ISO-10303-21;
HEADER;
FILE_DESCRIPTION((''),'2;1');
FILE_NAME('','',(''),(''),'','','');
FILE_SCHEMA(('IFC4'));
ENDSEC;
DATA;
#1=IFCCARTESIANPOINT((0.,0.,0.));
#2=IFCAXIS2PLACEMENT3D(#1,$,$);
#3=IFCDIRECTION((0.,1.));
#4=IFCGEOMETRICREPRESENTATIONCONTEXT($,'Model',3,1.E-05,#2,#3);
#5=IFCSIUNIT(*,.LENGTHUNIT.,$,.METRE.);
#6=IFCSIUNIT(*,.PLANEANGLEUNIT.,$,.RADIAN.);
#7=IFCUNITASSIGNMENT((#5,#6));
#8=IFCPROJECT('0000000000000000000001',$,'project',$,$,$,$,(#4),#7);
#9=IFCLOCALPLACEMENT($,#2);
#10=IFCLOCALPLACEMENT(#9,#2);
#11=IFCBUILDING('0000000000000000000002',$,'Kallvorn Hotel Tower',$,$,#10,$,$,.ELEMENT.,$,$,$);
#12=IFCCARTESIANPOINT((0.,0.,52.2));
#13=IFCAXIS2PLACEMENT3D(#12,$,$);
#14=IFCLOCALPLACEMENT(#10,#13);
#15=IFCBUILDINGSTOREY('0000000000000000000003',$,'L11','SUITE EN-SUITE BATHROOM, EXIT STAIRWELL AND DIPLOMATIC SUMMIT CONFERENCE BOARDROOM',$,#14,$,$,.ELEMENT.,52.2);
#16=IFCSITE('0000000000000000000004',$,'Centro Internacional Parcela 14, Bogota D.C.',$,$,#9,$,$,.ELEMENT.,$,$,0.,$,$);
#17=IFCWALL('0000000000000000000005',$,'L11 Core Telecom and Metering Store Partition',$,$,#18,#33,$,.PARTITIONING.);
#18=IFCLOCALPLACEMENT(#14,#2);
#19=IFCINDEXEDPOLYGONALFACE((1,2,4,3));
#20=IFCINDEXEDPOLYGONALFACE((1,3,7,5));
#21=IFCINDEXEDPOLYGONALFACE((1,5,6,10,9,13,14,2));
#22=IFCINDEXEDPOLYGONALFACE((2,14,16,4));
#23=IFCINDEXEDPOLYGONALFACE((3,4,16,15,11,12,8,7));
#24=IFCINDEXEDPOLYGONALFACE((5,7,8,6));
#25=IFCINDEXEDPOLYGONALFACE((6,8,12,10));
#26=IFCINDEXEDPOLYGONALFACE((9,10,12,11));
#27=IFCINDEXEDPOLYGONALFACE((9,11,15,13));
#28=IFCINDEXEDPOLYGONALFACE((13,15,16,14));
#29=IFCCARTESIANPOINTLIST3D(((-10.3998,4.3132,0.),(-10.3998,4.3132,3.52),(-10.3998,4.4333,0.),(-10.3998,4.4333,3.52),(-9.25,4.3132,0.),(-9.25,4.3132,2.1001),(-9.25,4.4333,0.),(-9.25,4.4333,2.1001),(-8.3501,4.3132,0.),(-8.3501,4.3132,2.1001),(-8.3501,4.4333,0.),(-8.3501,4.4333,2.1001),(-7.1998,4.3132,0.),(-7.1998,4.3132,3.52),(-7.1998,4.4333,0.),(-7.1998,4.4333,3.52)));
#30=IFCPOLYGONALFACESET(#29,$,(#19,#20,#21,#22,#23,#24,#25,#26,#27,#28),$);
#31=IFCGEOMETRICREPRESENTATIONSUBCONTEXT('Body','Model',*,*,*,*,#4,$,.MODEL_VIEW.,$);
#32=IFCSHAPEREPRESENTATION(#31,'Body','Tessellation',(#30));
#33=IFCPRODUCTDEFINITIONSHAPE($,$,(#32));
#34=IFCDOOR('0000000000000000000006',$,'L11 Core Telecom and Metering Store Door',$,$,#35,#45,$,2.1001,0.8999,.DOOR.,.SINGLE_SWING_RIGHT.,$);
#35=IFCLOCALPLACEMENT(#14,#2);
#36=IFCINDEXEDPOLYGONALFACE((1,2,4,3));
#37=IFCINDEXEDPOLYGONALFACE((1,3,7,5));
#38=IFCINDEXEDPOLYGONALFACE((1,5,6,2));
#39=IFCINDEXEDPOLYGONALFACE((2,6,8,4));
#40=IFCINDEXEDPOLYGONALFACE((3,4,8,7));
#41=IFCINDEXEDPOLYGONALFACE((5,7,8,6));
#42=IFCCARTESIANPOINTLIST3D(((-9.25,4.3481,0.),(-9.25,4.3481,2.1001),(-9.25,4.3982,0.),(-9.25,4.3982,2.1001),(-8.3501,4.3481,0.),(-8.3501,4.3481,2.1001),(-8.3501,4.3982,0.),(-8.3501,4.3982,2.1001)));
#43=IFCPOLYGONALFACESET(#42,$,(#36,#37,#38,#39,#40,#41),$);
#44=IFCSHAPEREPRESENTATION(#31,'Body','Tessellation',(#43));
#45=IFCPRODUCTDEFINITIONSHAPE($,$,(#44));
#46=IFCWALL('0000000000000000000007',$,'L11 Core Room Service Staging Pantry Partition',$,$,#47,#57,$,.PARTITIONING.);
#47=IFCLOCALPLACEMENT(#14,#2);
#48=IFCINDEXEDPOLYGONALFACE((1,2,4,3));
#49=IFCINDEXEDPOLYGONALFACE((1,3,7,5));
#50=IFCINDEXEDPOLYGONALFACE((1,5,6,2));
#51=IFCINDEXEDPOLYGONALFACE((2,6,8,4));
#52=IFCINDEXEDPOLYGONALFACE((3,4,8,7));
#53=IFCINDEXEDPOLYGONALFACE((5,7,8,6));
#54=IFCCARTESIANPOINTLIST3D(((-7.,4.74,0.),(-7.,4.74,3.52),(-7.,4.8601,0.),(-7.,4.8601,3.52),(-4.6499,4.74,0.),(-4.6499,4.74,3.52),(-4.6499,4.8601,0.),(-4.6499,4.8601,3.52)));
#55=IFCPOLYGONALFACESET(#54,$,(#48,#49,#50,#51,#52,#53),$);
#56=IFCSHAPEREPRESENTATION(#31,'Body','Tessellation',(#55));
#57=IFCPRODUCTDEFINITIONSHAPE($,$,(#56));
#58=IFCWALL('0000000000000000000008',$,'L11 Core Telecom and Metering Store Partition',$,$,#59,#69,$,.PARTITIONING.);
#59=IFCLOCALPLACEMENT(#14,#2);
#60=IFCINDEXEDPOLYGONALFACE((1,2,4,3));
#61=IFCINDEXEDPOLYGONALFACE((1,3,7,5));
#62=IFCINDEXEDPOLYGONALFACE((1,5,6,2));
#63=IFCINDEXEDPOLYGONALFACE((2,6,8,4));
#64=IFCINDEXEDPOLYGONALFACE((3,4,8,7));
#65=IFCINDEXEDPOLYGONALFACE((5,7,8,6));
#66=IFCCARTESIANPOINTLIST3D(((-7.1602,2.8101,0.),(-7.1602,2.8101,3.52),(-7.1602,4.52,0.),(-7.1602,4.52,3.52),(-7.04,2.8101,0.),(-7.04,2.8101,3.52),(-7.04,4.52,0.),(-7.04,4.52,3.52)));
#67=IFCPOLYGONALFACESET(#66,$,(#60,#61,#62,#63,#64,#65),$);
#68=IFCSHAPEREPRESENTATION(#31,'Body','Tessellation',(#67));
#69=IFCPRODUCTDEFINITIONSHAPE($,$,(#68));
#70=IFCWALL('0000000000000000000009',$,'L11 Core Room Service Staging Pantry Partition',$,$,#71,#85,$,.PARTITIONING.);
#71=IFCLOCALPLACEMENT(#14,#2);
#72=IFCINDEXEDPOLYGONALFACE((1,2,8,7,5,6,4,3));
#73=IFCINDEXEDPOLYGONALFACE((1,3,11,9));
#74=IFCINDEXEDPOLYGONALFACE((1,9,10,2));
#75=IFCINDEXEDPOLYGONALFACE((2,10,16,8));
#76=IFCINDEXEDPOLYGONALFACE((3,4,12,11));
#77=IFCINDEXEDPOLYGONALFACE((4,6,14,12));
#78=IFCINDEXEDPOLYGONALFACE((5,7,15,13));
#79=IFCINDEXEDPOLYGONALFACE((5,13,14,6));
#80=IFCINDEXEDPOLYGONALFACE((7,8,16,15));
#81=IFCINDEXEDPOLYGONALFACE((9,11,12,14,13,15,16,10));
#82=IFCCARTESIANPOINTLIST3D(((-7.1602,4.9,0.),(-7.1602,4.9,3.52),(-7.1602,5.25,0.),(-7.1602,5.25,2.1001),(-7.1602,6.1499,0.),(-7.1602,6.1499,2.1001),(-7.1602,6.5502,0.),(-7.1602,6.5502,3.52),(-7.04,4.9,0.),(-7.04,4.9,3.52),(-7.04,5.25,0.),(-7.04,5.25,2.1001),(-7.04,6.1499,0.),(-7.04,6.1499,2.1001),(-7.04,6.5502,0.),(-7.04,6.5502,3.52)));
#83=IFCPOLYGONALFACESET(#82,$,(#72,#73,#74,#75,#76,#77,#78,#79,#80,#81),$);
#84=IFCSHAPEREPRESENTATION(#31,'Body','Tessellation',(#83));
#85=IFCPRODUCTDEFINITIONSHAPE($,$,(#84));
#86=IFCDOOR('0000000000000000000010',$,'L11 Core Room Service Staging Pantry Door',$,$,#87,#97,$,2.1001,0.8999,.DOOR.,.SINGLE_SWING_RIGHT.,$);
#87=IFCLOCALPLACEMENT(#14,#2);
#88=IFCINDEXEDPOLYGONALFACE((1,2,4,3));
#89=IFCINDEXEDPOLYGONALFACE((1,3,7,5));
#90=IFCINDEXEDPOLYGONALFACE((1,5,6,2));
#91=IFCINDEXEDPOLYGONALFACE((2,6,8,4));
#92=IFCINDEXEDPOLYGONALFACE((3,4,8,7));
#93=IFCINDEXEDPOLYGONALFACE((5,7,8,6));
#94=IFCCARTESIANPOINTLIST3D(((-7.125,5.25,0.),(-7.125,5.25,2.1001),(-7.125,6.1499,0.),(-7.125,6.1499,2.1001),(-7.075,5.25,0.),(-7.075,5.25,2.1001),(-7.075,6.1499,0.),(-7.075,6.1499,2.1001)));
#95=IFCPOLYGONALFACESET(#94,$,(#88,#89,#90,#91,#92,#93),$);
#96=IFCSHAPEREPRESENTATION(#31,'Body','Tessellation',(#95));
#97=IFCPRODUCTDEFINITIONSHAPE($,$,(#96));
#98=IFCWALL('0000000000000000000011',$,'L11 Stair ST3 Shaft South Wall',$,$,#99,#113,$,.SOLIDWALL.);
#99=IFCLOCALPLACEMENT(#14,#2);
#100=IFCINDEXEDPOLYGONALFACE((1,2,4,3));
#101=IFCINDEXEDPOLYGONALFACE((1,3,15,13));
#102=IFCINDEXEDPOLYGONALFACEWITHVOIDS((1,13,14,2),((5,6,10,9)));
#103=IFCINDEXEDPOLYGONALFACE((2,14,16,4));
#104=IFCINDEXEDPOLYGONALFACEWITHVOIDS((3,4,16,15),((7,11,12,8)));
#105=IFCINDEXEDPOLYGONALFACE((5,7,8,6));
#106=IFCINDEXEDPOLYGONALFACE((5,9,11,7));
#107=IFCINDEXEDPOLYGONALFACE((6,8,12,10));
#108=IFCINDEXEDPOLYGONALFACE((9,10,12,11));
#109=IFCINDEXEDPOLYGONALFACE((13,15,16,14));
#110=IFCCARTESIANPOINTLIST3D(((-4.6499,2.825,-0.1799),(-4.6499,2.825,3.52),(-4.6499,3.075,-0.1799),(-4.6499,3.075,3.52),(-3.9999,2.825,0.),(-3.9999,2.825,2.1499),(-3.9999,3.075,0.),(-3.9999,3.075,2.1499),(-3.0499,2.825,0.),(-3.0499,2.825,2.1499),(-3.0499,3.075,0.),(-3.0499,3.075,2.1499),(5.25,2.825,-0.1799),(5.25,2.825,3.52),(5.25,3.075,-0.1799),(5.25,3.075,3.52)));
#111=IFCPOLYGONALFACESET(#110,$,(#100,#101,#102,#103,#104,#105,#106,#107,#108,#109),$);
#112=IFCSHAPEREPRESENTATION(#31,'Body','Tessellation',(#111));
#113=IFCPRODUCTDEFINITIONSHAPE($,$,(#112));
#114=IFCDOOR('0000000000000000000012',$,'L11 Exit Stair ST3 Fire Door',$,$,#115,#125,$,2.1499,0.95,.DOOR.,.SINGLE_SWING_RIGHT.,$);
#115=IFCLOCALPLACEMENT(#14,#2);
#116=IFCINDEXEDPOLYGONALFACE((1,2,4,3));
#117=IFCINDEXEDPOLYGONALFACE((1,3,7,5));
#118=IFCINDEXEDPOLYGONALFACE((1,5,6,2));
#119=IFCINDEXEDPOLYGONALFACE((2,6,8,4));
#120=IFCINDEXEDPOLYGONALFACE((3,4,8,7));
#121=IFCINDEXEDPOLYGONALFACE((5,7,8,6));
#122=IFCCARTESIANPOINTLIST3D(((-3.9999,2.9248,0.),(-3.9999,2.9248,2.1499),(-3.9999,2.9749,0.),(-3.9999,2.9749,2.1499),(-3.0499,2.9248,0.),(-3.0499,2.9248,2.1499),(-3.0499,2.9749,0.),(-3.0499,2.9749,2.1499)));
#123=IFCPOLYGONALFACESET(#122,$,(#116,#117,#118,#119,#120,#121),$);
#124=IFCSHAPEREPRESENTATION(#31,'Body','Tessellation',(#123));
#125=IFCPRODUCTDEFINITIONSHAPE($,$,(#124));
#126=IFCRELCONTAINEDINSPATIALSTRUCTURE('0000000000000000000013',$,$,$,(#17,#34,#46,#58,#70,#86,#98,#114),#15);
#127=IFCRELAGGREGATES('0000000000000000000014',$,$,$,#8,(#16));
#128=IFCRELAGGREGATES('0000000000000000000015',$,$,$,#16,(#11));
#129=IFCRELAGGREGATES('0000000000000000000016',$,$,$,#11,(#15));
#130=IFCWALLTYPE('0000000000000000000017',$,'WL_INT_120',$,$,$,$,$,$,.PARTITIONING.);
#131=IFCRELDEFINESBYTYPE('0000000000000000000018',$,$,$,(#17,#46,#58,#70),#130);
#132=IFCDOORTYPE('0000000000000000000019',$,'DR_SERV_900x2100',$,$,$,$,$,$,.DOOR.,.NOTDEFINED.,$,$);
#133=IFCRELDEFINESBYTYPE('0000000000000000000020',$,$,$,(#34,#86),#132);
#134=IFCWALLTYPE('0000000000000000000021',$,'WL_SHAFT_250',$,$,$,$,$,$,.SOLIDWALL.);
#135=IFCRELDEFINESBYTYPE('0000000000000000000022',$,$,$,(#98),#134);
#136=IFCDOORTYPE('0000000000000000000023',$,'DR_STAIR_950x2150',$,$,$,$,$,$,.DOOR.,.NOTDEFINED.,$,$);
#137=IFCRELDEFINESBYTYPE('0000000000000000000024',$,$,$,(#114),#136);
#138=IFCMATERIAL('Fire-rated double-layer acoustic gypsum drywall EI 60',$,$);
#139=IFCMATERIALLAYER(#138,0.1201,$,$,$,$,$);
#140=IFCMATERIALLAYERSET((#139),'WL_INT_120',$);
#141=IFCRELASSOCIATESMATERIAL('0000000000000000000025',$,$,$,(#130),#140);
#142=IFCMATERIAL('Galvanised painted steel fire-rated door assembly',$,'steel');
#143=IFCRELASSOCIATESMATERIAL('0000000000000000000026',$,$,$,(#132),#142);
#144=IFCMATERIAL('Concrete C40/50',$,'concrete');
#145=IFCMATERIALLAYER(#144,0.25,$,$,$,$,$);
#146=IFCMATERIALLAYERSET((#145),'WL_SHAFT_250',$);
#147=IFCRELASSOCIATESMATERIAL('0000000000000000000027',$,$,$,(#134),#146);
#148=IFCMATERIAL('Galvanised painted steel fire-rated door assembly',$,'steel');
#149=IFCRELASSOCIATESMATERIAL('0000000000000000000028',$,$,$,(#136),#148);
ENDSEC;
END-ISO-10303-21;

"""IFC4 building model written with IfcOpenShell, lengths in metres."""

from ifc_helpers import new_model, si_unit, direction, frame, frame_2d, origin, place, context, subcontext, project, spatial, rectangle, extrude, material, layer, layer_set, type_object, element, fill, save


model = new_model("IFC4")

# Units and contexts
model_context = context("Model", 3, precision=1e-05, world=origin(), true_north=direction((0.0, 1.0)))
body_context = subcontext(model_context, "Body", "Model", "MODEL_VIEW")
ifc_project = project(units=[si_unit("LENGTHUNIT", "METRE"), si_unit("PLANEANGLEUNIT", "RADIAN")], contexts=[model_context])

# Site, building, storey
site_placement = place(None, origin())
site = spatial("IfcSite", under=ifc_project, at=site_placement, Name="Centro Internacional Parcela 14, Bogota D.C.", CompositionType="ELEMENT", RefElevation=0.0)
building_placement = place(site_placement, origin())
building = spatial("IfcBuilding", under=site, at=building_placement, Name="Kallvorn Hotel Tower", CompositionType="ELEMENT")
storey_placement = place(building_placement, frame((0.0, 0.0, 52.2)))
storey = spatial("IfcBuildingStorey", under=building, at=storey_placement, Name="L11", Description="SUITE EN-SUITE BATHROOM, EXIT STAIRWELL AND DIPLOMATIC SUMMIT CONFERENCE BOARDROOM", CompositionType="ELEMENT", Elevation=52.2)

# Shared definitions
ifc_material_1 = material(Name="Fire-rated double-layer acoustic gypsum drywall EI 60")
ifc_layer_1 = layer(ifc_material_1, 0.1201)
ifc_layer_set_1 = layer_set([ifc_layer_1], Name="WL_INT_120")
wall_type_1 = type_object("IfcWallType", Name="WL_INT_120", PredefinedType="PARTITIONING", material=ifc_layer_set_1)

# Wall, opening, door
wall_1_placement = place(storey_placement, frame((-10.3999, 4.3733, 0.0), z_axis=(0.0, 0.0, 1.0), x_axis=(1.0, 0.0, 0.0)))
wall_1 = element("IfcWall", 1, at=wall_1_placement, inside=storey, type_object=wall_type_1, Name="L11 Core Telecom and Metering Store Partition", PredefinedType="PARTITIONING", context=body_context, shape_type="SweptSolid", body=[
    extrude(rectangle(XDim=3.2, YDim=0.1201, at=frame_2d((1.6001, 0.0))), origin(), (0.0, 0.0, 1.0), 3.52),
])
opening_1_placement = place(wall_1_placement, frame((1.1499, 0.0, 0.0)))
opening_1 = element("IfcOpeningElement", 2, at=opening_1_placement, cuts=wall_1, PredefinedType="OPENING", context=body_context, shape_type="SweptSolid", body=[
    extrude(rectangle(XDim=0.8999, YDim=2.1001, at=frame_2d((0.45, 1.05))), frame((0.0, 0.075, 0.0), z_axis=(0.0, -1.0, 0.0), x_axis=(1.0, 0.0, 0.0)), (0.0, 0.0, 1.0), 0.1501),
])
ifc_material_2 = material(Name="Galvanised painted steel fire-rated door assembly", Category="steel")
door_type_1 = type_object("IfcDoorType", Name="DR_SERV_900x2100", OperationType="NOTDEFINED", PredefinedType="DOOR", material=ifc_material_2)
door_1_placement = place(opening_1_placement, origin())
door_1 = element("IfcDoor", 3, at=door_1_placement, inside=storey, type_object=door_type_1, Name="L11 Core Telecom and Metering Store Door", OperationType="SINGLE_SWING_RIGHT", OverallHeight=2.1001, OverallWidth=0.8999, PredefinedType="DOOR", context=body_context, shape_type="SweptSolid", body=[
    extrude(rectangle(XDim=0.8999, YDim=2.1001, at=frame_2d((0.45, 1.05))), frame((0.0, 0.0249, 0.0), z_axis=(0.0, -1.0, 0.0), x_axis=(1.0, 0.0, 0.0)), (0.0, 0.0, 1.0), 0.05),
])
fill(opening_1, door_1)

# Walls
wall_2_placement = place(storey_placement, frame((-7.0, 4.8, 0.0), z_axis=(0.0, 0.0, 1.0), x_axis=(1.0, 0.0, 0.0)))
element("IfcWall", 4, at=wall_2_placement, inside=storey, type_object=wall_type_1, Name="L11 Core Room Service Staging Pantry Partition", PredefinedType="PARTITIONING", context=body_context, shape_type="SweptSolid", body=[
    extrude(rectangle(XDim=2.3501, YDim=0.1201, at=frame_2d((1.175, 0.0))), origin(), (0.0, 0.0, 1.0), 3.52),
])
wall_3_placement = place(storey_placement, frame((-7.1001, 2.8101, 0.0), z_axis=(0.0, 0.0, 1.0), x_axis=(0.0, 1.0, 0.0)))
element("IfcWall", 5, at=wall_3_placement, inside=storey, type_object=wall_type_1, Name="L11 Core Telecom and Metering Store Partition", PredefinedType="PARTITIONING", context=body_context, shape_type="SweptSolid", body=[
    extrude(rectangle(XDim=1.71, YDim=0.1201, at=frame_2d((0.855, 0.0))), origin(), (0.0, 0.0, 1.0), 3.52),
])

# Walls, openings, doors
wall_4_placement = place(storey_placement, frame((-7.1001, 4.8999, 0.0), z_axis=(0.0, 0.0, 1.0), x_axis=(0.0, 1.0, 0.0)))
wall_4 = element("IfcWall", 6, at=wall_4_placement, inside=storey, type_object=wall_type_1, Name="L11 Core Room Service Staging Pantry Partition", PredefinedType="PARTITIONING", context=body_context, shape_type="SweptSolid", body=[
    extrude(rectangle(XDim=1.6501, YDim=0.1201, at=frame_2d((0.8252, 0.0))), origin(), (0.0, 0.0, 1.0), 3.52),
])
opening_2_placement = place(wall_4_placement, frame((0.3501, 0.0, 0.0)))
opening_2 = element("IfcOpeningElement", 7, at=opening_2_placement, cuts=wall_4, PredefinedType="OPENING", context=body_context, shape_type="SweptSolid", body=[
    extrude(rectangle(XDim=0.8999, YDim=2.1001, at=frame_2d((0.45, 1.05))), frame((0.0, 0.075, 0.0), z_axis=(0.0, -1.0, 0.0), x_axis=(1.0, 0.0, 0.0)), (0.0, 0.0, 1.0), 0.1501),
])
door_2_placement = place(opening_2_placement, origin())
door_2 = element("IfcDoor", 8, at=door_2_placement, inside=storey, type_object=door_type_1, Name="L11 Core Room Service Staging Pantry Door", OperationType="SINGLE_SWING_RIGHT", OverallHeight=2.1001, OverallWidth=0.8999, PredefinedType="DOOR", context=body_context, shape_type="SweptSolid", body=[
    extrude(rectangle(XDim=0.8999, YDim=2.1001, at=frame_2d((0.45, 1.05))), frame((0.0, 0.0249, 0.0), z_axis=(0.0, -1.0, 0.0), x_axis=(1.0, 0.0, 0.0)), (0.0, 0.0, 1.0), 0.05),
])
fill(opening_2, door_2)
ifc_material_3 = material(Name="Concrete C40/50", Category="concrete")
ifc_layer_2 = layer(ifc_material_3, 0.25)
ifc_layer_set_2 = layer_set([ifc_layer_2], Name="WL_SHAFT_250")
wall_type_2 = type_object("IfcWallType", Name="WL_SHAFT_250", PredefinedType="SOLIDWALL", material=ifc_layer_set_2)
wall_5_placement = place(storey_placement, frame((-4.6499, 2.95, -0.1799), z_axis=(0.0, 0.0, 1.0), x_axis=(1.0, 0.0, 0.0)))
wall_5 = element("IfcWall", 9, at=wall_5_placement, inside=storey, type_object=wall_type_2, Name="L11 Stair ST3 Shaft South Wall", PredefinedType="SOLIDWALL", context=body_context, shape_type="SweptSolid", body=[
    extrude(rectangle(XDim=9.8999, YDim=0.25, at=frame_2d((4.95, 0.0))), origin(), (0.0, 0.0, 1.0), 3.7),
])
opening_3_placement = place(wall_5_placement, frame((0.6499, 0.0, 0.1799)))
opening_3 = element("IfcOpeningElement", 10, at=opening_3_placement, cuts=wall_5, PredefinedType="OPENING", context=body_context, shape_type="SweptSolid", body=[
    extrude(rectangle(XDim=0.95, YDim=2.1499, at=frame_2d((0.4751, 1.075))), frame((0.0, 0.1399, 0.0), z_axis=(0.0, -1.0, 0.0), x_axis=(1.0, 0.0, 0.0)), (0.0, 0.0, 1.0), 0.28),
])
ifc_material_4 = material(Name="Galvanised painted steel fire-rated door assembly", Category="steel")
door_type_2 = type_object("IfcDoorType", Name="DR_STAIR_950x2150", OperationType="NOTDEFINED", PredefinedType="DOOR", material=ifc_material_4)
door_3_placement = place(opening_3_placement, origin())
door_3 = element("IfcDoor", 11, at=door_3_placement, inside=storey, type_object=door_type_2, Name="L11 Exit Stair ST3 Fire Door", OperationType="SINGLE_SWING_RIGHT", OverallHeight=2.1499, OverallWidth=0.95, PredefinedType="DOOR", context=body_context, shape_type="SweptSolid", body=[
    extrude(rectangle(XDim=0.95, YDim=2.1499, at=frame_2d((0.4751, 1.075))), frame((0.0, 0.0249, 0.0), z_axis=(0.0, -1.0, 0.0), x_axis=(1.0, 0.0, 0.0)), (0.0, 0.0, 1.0), 0.05),
])
fill(opening_3, door_3)

save(model, "model.ifc")
